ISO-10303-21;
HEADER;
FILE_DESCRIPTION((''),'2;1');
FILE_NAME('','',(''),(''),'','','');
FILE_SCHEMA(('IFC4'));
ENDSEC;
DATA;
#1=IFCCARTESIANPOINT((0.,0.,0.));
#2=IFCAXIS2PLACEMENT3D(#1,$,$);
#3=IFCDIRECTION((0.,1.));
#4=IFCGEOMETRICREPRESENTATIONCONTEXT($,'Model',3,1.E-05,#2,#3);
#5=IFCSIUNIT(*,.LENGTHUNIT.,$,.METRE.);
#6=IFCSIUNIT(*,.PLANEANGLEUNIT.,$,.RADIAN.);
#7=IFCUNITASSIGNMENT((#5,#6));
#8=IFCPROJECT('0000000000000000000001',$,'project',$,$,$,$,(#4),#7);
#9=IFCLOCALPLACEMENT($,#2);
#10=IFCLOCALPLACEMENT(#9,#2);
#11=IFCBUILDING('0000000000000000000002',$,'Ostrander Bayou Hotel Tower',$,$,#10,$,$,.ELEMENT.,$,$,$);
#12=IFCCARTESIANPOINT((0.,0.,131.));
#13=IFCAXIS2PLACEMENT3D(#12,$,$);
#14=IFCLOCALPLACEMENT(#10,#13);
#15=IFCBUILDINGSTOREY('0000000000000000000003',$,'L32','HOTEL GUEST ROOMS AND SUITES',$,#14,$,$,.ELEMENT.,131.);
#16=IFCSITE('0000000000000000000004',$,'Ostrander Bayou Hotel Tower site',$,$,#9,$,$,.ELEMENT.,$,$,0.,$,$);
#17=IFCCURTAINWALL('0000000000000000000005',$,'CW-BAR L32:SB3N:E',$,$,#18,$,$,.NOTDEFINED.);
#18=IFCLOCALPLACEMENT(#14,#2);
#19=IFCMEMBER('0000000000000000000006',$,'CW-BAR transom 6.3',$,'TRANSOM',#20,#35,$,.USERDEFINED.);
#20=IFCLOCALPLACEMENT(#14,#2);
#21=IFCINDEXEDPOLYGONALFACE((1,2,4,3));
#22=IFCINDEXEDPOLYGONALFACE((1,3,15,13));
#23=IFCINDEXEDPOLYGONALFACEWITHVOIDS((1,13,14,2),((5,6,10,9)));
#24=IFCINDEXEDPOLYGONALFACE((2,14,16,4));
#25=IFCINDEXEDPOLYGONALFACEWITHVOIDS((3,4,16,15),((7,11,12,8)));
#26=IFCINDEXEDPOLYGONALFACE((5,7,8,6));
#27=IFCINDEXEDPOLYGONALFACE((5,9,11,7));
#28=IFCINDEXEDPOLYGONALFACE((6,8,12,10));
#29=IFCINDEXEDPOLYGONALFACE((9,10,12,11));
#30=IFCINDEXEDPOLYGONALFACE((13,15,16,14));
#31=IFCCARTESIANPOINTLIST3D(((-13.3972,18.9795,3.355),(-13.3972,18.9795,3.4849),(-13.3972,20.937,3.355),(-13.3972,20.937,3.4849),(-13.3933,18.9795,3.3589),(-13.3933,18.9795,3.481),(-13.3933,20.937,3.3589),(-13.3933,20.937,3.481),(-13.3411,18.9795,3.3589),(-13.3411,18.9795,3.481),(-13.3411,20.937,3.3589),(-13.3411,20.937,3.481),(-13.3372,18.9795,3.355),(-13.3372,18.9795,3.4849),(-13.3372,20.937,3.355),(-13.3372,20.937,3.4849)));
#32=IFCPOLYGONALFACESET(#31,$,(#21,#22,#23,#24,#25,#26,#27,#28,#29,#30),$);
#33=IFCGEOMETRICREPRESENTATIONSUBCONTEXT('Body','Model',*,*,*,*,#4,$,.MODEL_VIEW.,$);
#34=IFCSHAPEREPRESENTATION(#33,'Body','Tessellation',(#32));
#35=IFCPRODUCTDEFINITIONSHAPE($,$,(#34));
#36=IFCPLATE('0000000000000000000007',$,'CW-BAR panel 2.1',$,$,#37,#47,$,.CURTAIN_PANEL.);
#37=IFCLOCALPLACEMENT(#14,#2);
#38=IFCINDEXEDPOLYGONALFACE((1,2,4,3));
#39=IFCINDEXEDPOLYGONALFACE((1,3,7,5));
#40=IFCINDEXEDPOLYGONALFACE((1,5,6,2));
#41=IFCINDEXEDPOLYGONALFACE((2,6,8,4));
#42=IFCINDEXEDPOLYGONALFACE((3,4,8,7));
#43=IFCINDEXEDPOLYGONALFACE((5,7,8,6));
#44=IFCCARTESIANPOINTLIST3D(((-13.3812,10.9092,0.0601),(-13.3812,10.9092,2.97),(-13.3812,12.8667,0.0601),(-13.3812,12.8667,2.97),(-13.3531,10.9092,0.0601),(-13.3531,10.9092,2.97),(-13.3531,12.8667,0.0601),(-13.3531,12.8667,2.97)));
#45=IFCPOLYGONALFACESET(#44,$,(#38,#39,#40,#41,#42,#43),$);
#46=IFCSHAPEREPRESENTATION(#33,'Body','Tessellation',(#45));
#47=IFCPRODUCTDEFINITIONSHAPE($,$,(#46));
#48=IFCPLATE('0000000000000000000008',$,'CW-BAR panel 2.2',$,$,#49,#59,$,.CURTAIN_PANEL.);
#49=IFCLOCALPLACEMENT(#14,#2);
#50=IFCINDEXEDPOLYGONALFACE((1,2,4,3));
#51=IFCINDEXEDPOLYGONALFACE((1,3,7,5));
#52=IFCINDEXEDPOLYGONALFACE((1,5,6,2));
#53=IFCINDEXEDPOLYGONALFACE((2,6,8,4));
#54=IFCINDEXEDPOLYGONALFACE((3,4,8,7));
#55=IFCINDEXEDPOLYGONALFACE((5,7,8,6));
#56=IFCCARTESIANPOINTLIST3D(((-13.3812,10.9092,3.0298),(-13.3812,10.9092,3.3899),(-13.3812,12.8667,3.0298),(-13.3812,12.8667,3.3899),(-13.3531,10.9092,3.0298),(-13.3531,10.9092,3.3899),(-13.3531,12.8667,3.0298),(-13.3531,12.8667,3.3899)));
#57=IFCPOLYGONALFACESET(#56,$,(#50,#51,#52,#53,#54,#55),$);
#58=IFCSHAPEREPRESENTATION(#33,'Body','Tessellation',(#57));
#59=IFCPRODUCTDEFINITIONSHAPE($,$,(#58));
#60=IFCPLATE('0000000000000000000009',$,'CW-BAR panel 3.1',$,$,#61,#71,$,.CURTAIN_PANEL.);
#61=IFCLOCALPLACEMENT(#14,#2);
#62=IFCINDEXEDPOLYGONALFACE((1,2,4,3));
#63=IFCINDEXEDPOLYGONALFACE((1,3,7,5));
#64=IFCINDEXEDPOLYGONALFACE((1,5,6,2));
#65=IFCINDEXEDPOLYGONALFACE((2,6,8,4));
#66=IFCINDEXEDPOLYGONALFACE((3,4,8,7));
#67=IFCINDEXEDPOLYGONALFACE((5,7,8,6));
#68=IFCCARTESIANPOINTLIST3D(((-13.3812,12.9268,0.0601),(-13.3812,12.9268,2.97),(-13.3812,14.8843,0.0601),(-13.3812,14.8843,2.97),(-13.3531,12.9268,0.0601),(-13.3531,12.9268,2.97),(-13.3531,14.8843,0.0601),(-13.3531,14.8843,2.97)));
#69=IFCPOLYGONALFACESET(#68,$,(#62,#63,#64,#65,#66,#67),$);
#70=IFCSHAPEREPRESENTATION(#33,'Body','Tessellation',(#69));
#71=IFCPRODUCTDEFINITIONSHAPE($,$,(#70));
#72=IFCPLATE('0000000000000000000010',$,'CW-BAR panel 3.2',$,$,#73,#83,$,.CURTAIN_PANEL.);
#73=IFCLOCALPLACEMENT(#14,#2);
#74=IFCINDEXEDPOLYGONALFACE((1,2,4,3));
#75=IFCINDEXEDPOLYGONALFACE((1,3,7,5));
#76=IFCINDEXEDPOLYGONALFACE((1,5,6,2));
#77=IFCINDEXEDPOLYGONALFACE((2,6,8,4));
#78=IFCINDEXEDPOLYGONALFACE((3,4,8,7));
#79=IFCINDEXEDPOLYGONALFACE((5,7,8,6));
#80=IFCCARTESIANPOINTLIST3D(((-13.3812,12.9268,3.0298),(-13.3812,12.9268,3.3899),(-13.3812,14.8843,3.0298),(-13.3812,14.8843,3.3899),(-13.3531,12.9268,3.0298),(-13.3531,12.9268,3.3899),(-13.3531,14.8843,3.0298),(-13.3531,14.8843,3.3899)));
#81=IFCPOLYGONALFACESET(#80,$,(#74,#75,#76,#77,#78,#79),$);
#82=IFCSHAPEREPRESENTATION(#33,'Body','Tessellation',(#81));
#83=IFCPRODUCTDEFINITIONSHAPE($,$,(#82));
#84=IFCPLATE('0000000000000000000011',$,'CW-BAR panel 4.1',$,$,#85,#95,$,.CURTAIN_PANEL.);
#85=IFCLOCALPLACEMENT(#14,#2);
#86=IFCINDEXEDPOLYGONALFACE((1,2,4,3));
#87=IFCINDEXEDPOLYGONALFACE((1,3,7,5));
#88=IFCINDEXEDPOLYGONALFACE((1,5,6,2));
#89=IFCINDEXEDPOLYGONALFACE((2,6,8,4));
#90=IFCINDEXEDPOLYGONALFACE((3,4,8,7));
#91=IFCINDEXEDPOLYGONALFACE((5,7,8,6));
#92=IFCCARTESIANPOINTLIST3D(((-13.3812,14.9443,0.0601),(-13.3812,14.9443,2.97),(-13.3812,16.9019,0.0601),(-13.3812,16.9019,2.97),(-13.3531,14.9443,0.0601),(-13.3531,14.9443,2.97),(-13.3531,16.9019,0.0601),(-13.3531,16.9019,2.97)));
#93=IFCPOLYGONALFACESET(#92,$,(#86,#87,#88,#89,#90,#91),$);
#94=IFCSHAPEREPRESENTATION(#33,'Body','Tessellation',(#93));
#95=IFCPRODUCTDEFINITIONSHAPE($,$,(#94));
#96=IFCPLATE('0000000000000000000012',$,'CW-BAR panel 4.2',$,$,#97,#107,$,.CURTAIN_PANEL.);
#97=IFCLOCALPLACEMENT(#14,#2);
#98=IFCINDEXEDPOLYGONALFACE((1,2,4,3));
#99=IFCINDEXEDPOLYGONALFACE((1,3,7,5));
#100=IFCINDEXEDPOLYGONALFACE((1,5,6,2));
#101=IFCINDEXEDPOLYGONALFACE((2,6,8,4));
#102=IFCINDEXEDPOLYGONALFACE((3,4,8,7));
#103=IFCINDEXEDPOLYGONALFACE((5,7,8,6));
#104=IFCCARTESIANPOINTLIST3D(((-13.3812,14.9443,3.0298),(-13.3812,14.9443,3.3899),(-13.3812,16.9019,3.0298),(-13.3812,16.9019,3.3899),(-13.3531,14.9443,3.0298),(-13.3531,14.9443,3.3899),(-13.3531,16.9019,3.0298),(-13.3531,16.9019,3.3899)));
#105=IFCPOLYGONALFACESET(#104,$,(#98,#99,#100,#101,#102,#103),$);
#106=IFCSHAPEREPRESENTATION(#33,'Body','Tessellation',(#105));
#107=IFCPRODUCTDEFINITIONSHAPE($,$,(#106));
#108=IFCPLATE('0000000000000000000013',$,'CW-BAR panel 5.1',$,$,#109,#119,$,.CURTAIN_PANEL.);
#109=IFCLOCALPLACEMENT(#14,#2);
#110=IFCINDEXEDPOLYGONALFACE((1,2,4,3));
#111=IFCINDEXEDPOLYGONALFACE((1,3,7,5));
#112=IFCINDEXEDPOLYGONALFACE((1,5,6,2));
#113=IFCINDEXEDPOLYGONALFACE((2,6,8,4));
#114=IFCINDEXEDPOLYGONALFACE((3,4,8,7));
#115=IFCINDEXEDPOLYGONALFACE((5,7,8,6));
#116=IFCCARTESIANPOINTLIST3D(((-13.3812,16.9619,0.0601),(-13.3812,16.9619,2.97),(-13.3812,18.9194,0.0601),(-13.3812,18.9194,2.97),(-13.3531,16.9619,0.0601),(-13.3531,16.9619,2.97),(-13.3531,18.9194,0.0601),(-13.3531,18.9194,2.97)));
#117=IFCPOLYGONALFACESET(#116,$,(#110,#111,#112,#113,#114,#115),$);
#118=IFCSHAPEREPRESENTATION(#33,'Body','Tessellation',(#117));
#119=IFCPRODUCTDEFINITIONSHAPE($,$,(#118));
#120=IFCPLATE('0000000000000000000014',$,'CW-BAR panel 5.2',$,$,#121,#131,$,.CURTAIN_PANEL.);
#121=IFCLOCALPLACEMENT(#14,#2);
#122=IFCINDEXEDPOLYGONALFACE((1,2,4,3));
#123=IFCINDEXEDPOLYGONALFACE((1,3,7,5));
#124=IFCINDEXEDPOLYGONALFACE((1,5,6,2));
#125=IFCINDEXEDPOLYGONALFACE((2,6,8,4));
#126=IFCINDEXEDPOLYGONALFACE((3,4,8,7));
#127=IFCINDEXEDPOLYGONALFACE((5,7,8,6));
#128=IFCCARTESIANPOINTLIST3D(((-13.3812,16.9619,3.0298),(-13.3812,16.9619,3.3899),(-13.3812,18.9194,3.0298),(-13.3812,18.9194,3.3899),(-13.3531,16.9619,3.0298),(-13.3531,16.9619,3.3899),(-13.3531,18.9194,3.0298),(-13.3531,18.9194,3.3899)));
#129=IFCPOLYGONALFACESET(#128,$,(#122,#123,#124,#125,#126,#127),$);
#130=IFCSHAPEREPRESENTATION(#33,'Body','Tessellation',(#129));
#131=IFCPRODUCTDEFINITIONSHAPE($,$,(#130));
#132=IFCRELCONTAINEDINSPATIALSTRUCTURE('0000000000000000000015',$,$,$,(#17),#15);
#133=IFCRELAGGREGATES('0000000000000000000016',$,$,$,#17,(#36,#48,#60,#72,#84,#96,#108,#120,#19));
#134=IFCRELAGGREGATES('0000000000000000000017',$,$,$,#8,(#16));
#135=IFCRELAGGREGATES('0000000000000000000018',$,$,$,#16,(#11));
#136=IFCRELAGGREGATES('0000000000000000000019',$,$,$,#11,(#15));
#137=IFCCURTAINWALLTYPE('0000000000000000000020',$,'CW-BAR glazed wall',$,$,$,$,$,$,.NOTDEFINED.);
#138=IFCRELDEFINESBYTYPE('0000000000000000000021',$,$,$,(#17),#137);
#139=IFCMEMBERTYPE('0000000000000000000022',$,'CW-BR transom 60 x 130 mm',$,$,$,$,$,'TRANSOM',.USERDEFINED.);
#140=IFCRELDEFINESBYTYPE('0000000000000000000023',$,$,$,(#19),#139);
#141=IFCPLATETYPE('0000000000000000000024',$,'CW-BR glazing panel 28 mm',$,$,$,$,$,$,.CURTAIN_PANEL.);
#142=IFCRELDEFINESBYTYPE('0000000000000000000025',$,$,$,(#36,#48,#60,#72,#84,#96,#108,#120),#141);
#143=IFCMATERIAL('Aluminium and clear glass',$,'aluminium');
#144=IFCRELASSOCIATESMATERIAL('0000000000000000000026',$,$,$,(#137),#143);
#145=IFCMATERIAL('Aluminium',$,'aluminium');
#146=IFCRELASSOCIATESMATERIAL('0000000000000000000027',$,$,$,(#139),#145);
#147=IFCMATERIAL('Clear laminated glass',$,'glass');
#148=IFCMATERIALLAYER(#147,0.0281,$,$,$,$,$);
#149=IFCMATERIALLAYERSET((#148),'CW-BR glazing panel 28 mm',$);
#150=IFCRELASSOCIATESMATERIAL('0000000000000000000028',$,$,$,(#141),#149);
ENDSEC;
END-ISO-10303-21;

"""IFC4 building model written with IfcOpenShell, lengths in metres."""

from ifc_helpers import new_model, si_unit, direction, frame, origin, origin_2d, place, context, subcontext, project, spatial, rectangle, hollow_rectangle, extrude, material, layer, layer_set, material_profile, profile_set, type_object, element, aggregate, save


model = new_model("IFC4")

# Units and contexts
model_context = context("Model", 3, precision=1e-05, world=origin(), true_north=direction((0.0, 1.0)))
body_context = subcontext(model_context, "Body", "Model", "MODEL_VIEW")
ifc_project = project(units=[si_unit("LENGTHUNIT", "METRE"), si_unit("PLANEANGLEUNIT", "RADIAN")], contexts=[model_context])

# Site, building, storey
site_placement = place(None, origin())
site = spatial("IfcSite", under=ifc_project, at=site_placement, Name="Ostrander Bayou Hotel Tower site", CompositionType="ELEMENT", RefElevation=0.0)
building_placement = place(site_placement, origin())
building = spatial("IfcBuilding", under=site, at=building_placement, Name="Ostrander Bayou Hotel Tower", CompositionType="ELEMENT")
storey_placement = place(building_placement, frame((0.0, 0.0, 131.0)))
storey = spatial("IfcBuildingStorey", under=building, at=storey_placement, Name="L32", Description="HOTEL GUEST ROOMS AND SUITES", CompositionType="ELEMENT", Elevation=131.0)

# Curtain wall, member, plates
ifc_material_1 = material(Name="Aluminium and clear glass", Category="aluminium")
curtain_wall_type = type_object("IfcCurtainWallType", Name="CW-BAR glazed wall", PredefinedType="NOTDEFINED", material=ifc_material_1)
curtain_wall_placement = place(storey_placement, origin())
curtain_wall = element("IfcCurtainWall", 1, at=curtain_wall_placement, inside=storey, type_object=curtain_wall_type, Name="CW-BAR L32:SB3N:E", PredefinedType="NOTDEFINED")
ifc_material_2 = material(Name="Aluminium", Category="aluminium")
ifc_material_profile = material_profile(ifc_material_2, hollow_rectangle(XDim=0.0601, YDim=0.1299, WallThickness=0.0039, at=origin_2d()))
ifc_profile_set = profile_set([ifc_material_profile], Name="Aluminium")
member_type = type_object("IfcMemberType", Name="CW-BR transom 60 x 130 mm", ElementType="TRANSOM", PredefinedType="USERDEFINED", material=ifc_profile_set)
member_1_placement = place(storey_placement, frame((-13.3672, 18.9795, 3.4199), z_axis=(0.0, 1.0, 0.0), x_axis=(-1.0, 0.0, 0.0)))
member_1 = element("IfcMember", 2, at=member_1_placement, type_object=member_type, Name="CW-BAR transom 6.3", ObjectType="TRANSOM", PredefinedType="USERDEFINED", context=body_context, shape_type="SweptSolid", body=[
    extrude(hollow_rectangle(XDim=0.0601, YDim=0.1299, WallThickness=0.0039, at=origin_2d()), origin(), (0.0, 0.0, 1.0), 1.9575),
])
ifc_material_3 = material(Name="Clear laminated glass", Category="glass")
ifc_layer = layer(ifc_material_3, 0.0281)
ifc_layer_set = layer_set([ifc_layer], Name="CW-BR glazing panel 28 mm")
plate_type = type_object("IfcPlateType", Name="CW-BR glazing panel 28 mm", PredefinedType="CURTAIN_PANEL", material=ifc_layer_set)
plate_1_placement = place(storey_placement, frame((-13.3672, 11.8879, 0.0601), z_axis=(0.0, 0.0, 1.0), x_axis=(0.0, 1.0, 0.0)))
plate_1 = element("IfcPlate", 3, at=plate_1_placement, type_object=plate_type, Name="CW-BAR panel 2.1", PredefinedType="CURTAIN_PANEL", context=body_context, shape_type="SweptSolid", body=[
    extrude(rectangle(XDim=1.9575, YDim=0.0281, at=origin_2d()), origin(), (0.0, 0.0, 1.0), 2.9099),
])
plate_2_placement = place(storey_placement, frame((-13.3672, 11.8879, 3.0298), z_axis=(0.0, 0.0, 1.0), x_axis=(0.0, 1.0, 0.0)))
plate_2 = element("IfcPlate", 4, at=plate_2_placement, type_object=plate_type, Name="CW-BAR panel 2.2", PredefinedType="CURTAIN_PANEL", context=body_context, shape_type="SweptSolid", body=[
    extrude(rectangle(XDim=1.9575, YDim=0.0281, at=origin_2d()), origin(), (0.0, 0.0, 1.0), 0.3601),
])
plate_3_placement = place(storey_placement, frame((-13.3672, 13.9055, 0.0601), z_axis=(0.0, 0.0, 1.0), x_axis=(0.0, 1.0, 0.0)))
plate_3 = element("IfcPlate", 5, at=plate_3_placement, type_object=plate_type, Name="CW-BAR panel 3.1", PredefinedType="CURTAIN_PANEL", context=body_context, shape_type="SweptSolid", body=[
    extrude(rectangle(XDim=1.9575, YDim=0.0281, at=origin_2d()), origin(), (0.0, 0.0, 1.0), 2.9099),
])
plate_4_placement = place(storey_placement, frame((-13.3672, 13.9055, 3.0298), z_axis=(0.0, 0.0, 1.0), x_axis=(0.0, 1.0, 0.0)))
plate_4 = element("IfcPlate", 6, at=plate_4_placement, type_object=plate_type, Name="CW-BAR panel 3.2", PredefinedType="CURTAIN_PANEL", context=body_context, shape_type="SweptSolid", body=[
    extrude(rectangle(XDim=1.9575, YDim=0.0281, at=origin_2d()), origin(), (0.0, 0.0, 1.0), 0.3601),
])
plate_5_placement = place(storey_placement, frame((-13.3672, 15.9231, 0.0601), z_axis=(0.0, 0.0, 1.0), x_axis=(0.0, 1.0, 0.0)))
plate_5 = element("IfcPlate", 7, at=plate_5_placement, type_object=plate_type, Name="CW-BAR panel 4.1", PredefinedType="CURTAIN_PANEL", context=body_context, shape_type="SweptSolid", body=[
    extrude(rectangle(XDim=1.9575, YDim=0.0281, at=origin_2d()), origin(), (0.0, 0.0, 1.0), 2.9099),
])
plate_6_placement = place(storey_placement, frame((-13.3672, 15.9231, 3.0298), z_axis=(0.0, 0.0, 1.0), x_axis=(0.0, 1.0, 0.0)))
plate_6 = element("IfcPlate", 8, at=plate_6_placement, type_object=plate_type, Name="CW-BAR panel 4.2", PredefinedType="CURTAIN_PANEL", context=body_context, shape_type="SweptSolid", body=[
    extrude(rectangle(XDim=1.9575, YDim=0.0281, at=origin_2d()), origin(), (0.0, 0.0, 1.0), 0.3601),
])
plate_7_placement = place(storey_placement, frame((-13.3672, 17.9407, 0.0601), z_axis=(0.0, 0.0, 1.0), x_axis=(0.0, 1.0, 0.0)))
plate_7 = element("IfcPlate", 9, at=plate_7_placement, type_object=plate_type, Name="CW-BAR panel 5.1", PredefinedType="CURTAIN_PANEL", context=body_context, shape_type="SweptSolid", body=[
    extrude(rectangle(XDim=1.9575, YDim=0.0281, at=origin_2d()), origin(), (0.0, 0.0, 1.0), 2.9099),
])
plate_8_placement = place(storey_placement, frame((-13.3672, 17.9407, 3.0298), z_axis=(0.0, 0.0, 1.0), x_axis=(0.0, 1.0, 0.0)))
plate_8 = element("IfcPlate", 10, at=plate_8_placement, type_object=plate_type, Name="CW-BAR panel 5.2", PredefinedType="CURTAIN_PANEL", context=body_context, shape_type="SweptSolid", body=[
    extrude(rectangle(XDim=1.9575, YDim=0.0281, at=origin_2d()), origin(), (0.0, 0.0, 1.0), 0.3601),
])
aggregate(curtain_wall, [plate_1, plate_2, plate_3, plate_4, plate_5, plate_6, plate_7, plate_8, member_1])

save(model, "model.ifc")
